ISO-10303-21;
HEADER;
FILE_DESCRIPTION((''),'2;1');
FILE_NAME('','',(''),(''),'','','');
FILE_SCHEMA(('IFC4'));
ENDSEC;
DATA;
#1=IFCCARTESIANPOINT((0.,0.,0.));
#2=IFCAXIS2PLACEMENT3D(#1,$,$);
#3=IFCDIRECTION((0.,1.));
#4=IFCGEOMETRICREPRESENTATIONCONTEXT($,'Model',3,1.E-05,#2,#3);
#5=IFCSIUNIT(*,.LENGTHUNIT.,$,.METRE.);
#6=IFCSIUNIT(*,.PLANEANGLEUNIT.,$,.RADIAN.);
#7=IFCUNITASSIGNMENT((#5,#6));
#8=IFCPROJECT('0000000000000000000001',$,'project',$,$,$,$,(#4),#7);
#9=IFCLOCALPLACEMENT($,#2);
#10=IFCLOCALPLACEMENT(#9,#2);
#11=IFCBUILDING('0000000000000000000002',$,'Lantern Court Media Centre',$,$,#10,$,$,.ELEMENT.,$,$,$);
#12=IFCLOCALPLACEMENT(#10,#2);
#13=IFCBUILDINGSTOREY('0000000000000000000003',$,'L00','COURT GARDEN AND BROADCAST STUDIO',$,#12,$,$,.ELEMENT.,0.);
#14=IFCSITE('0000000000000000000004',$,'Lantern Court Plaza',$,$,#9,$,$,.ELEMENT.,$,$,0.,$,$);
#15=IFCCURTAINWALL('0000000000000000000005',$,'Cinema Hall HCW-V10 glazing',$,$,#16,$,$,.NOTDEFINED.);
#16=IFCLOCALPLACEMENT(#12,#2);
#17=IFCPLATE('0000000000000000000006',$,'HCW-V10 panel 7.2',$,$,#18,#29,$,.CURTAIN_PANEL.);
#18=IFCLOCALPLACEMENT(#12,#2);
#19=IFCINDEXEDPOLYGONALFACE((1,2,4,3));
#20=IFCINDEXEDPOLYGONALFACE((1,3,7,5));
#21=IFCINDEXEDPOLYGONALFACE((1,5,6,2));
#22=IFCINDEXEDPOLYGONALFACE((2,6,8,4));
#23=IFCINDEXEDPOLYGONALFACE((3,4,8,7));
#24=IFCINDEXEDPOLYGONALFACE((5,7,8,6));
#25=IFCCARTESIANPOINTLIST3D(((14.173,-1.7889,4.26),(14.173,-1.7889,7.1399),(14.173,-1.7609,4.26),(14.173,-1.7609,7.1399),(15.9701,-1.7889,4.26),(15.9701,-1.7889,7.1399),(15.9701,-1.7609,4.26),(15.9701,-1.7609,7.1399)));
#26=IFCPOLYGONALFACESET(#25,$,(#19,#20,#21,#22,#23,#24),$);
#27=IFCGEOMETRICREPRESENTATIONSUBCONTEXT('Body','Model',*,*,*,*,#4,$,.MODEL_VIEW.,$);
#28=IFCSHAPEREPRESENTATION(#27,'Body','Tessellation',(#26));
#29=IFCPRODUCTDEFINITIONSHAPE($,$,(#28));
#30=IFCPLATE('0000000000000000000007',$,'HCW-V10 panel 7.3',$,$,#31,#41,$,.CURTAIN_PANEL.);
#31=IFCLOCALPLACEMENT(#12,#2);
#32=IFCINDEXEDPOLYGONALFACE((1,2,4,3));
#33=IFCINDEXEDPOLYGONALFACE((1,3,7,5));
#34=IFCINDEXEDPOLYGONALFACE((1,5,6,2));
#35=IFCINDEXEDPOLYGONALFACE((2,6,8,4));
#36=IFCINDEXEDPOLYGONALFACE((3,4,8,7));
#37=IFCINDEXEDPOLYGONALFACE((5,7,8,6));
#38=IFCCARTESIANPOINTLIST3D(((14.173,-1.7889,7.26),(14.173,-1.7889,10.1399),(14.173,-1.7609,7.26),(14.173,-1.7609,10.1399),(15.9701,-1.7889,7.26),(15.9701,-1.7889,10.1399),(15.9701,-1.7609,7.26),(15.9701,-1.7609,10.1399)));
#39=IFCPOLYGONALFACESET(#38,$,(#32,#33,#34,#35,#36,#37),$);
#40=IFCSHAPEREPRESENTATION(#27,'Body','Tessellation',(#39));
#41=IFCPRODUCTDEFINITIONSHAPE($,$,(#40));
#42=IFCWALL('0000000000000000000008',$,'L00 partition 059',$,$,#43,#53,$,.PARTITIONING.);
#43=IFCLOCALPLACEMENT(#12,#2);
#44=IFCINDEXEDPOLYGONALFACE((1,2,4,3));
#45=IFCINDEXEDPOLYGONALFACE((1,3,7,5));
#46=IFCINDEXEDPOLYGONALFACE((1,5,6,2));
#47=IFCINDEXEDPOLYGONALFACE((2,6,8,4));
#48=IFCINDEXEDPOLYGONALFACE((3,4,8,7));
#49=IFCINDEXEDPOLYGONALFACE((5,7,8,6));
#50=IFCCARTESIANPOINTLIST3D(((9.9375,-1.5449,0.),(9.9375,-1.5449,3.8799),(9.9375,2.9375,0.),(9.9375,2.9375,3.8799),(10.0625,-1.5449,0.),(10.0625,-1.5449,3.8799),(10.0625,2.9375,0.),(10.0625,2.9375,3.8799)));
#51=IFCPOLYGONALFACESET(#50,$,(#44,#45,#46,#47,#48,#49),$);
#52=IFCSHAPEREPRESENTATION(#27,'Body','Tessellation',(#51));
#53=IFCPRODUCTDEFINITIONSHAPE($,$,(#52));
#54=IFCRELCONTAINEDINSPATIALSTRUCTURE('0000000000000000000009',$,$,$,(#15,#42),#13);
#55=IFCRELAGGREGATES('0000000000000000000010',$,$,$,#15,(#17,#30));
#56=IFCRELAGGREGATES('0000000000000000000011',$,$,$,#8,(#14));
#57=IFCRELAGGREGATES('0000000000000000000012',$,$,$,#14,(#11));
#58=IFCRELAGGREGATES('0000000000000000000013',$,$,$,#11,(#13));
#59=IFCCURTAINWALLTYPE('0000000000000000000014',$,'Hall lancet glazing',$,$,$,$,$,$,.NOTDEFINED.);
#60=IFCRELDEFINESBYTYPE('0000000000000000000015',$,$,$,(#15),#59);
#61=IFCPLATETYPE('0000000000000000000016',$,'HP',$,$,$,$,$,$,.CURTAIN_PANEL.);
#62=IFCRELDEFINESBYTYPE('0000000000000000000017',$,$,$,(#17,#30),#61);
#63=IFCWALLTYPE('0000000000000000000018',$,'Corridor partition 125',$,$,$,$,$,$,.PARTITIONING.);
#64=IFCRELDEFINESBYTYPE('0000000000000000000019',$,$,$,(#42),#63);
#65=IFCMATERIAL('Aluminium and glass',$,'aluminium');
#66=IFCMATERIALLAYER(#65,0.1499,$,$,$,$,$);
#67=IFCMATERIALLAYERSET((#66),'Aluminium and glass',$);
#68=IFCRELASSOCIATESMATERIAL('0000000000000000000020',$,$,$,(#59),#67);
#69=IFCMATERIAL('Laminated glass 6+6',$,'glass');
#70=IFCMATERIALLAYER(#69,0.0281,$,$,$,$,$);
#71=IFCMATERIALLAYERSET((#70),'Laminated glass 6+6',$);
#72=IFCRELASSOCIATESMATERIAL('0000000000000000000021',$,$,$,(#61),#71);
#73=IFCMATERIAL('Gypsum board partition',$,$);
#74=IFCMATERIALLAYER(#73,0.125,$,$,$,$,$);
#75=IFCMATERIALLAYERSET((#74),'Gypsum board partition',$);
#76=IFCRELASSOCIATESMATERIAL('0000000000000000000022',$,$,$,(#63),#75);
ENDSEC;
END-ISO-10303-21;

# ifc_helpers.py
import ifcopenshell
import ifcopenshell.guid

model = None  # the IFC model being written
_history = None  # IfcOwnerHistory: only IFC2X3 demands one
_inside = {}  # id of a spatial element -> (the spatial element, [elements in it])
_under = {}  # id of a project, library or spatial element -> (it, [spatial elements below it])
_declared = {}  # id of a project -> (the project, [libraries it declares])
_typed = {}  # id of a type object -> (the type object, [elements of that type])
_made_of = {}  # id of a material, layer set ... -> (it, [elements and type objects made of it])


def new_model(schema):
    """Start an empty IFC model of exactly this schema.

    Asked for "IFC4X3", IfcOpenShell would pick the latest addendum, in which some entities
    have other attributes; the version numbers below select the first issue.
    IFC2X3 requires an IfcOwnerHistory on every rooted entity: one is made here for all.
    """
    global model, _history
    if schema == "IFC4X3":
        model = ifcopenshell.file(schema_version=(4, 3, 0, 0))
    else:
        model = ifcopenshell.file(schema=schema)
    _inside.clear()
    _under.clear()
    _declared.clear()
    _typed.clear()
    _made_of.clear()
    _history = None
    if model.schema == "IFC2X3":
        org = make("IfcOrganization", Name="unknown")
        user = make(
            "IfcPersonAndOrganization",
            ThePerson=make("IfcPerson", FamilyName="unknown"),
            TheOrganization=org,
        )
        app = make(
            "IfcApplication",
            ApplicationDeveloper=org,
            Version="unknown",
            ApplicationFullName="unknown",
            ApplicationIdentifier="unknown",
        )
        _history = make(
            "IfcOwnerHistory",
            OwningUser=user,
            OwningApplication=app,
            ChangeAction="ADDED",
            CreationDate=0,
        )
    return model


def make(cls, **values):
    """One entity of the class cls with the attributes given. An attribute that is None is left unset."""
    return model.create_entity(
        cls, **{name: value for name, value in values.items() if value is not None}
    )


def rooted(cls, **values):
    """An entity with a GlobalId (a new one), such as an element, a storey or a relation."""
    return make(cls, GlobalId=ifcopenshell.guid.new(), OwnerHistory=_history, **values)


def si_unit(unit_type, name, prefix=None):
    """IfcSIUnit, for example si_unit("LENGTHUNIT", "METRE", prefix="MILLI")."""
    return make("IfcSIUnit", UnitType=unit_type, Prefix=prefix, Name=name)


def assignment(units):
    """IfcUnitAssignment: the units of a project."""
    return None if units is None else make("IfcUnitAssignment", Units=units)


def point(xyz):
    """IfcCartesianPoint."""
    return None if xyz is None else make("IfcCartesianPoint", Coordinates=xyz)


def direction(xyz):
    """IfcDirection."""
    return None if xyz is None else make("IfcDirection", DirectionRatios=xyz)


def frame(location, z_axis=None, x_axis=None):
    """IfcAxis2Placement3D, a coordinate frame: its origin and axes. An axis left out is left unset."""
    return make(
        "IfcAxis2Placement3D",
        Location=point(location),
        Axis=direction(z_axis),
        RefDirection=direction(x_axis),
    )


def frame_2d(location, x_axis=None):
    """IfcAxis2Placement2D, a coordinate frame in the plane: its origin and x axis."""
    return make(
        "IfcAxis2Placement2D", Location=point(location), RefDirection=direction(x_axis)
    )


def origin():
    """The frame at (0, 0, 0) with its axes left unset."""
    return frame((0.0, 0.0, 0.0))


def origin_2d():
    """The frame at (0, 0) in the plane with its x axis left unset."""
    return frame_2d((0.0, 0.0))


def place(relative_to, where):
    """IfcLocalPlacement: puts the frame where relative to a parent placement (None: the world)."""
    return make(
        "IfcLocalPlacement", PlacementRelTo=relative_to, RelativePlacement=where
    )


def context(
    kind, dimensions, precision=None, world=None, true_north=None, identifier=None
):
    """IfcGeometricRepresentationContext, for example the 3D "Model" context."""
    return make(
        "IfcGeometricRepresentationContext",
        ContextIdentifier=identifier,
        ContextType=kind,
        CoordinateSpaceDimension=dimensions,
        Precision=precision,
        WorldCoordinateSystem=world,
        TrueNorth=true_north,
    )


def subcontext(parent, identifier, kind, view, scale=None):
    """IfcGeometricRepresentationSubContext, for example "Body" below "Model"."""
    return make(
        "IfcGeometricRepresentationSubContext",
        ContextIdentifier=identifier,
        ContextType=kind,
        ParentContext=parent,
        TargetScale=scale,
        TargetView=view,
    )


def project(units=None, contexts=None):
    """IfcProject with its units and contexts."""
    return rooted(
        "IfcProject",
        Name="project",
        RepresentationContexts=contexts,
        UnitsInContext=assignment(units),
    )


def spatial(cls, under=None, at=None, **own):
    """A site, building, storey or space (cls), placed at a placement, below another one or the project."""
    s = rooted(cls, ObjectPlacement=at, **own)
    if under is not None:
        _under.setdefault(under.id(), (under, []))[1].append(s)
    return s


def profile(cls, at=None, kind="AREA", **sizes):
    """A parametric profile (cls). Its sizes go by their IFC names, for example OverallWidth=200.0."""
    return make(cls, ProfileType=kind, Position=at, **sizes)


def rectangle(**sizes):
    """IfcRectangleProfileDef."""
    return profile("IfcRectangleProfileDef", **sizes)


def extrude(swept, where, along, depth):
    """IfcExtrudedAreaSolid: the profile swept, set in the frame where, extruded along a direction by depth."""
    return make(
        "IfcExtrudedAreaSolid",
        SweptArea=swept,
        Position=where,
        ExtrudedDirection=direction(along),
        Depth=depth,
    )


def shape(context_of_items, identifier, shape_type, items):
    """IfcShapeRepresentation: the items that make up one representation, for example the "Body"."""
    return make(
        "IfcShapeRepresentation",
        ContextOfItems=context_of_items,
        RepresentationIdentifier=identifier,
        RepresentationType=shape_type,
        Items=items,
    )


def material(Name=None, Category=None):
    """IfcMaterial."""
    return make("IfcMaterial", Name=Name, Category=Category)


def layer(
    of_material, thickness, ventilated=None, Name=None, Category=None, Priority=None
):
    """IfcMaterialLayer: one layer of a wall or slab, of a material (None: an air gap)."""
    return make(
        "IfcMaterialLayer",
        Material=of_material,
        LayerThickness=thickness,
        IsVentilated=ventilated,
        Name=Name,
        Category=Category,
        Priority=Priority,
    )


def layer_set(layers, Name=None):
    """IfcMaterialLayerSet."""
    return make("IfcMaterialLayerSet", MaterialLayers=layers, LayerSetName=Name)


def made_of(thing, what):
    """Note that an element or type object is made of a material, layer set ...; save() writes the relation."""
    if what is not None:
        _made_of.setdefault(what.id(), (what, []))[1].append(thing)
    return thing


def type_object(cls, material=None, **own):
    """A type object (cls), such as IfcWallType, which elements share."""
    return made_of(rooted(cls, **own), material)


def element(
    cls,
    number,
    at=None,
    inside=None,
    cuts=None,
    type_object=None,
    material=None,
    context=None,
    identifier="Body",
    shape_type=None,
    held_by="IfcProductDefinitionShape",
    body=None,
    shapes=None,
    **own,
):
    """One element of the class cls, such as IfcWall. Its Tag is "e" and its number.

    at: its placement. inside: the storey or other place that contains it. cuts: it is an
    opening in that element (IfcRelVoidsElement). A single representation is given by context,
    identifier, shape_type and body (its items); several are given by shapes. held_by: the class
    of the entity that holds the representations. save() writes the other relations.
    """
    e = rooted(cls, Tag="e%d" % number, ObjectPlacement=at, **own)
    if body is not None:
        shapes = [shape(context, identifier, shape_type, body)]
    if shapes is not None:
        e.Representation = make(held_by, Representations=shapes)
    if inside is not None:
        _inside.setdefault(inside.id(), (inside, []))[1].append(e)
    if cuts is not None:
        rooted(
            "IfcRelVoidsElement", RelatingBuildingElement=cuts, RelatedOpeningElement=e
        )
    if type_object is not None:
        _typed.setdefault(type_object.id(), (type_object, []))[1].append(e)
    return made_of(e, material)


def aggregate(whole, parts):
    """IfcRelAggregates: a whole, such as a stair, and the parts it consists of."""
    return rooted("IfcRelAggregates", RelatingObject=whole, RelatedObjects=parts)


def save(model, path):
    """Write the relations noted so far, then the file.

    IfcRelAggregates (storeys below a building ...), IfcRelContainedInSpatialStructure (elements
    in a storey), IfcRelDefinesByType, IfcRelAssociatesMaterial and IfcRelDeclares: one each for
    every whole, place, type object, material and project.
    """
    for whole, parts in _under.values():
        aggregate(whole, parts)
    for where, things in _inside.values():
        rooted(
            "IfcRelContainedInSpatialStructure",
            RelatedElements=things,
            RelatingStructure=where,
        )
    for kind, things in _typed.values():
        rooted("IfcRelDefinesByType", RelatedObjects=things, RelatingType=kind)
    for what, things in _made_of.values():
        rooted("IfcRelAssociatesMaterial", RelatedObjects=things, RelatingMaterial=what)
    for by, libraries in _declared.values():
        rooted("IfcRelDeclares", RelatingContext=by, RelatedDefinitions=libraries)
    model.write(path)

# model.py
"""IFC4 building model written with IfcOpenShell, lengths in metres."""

from ifc_helpers import new_model, si_unit, direction, frame, frame_2d, origin, origin_2d, place, context, subcontext, project, spatial, rectangle, extrude, material, layer, layer_set, type_object, element, aggregate, save


model = new_model("IFC4")

# Units and contexts
model_context = context("Model", 3, precision=1e-05, world=origin(), true_north=direction((0.0, 1.0)))
body_context = subcontext(model_context, "Body", "Model", "MODEL_VIEW")
ifc_project = project(units=[si_unit("LENGTHUNIT", "METRE"), si_unit("PLANEANGLEUNIT", "RADIAN")], contexts=[model_context])

# Site, building, storey
site_placement = place(None, origin())
site = spatial("IfcSite", under=ifc_project, at=site_placement, Name="Lantern Court Plaza", CompositionType="ELEMENT", RefElevation=0.0)
building_placement = place(site_placement, origin())
building = spatial("IfcBuilding", under=site, at=building_placement, Name="Lantern Court Media Centre", CompositionType="ELEMENT")
storey_placement = place(building_placement, origin())
storey = spatial("IfcBuildingStorey", under=building, at=storey_placement, Name="L00", Description="COURT GARDEN AND BROADCAST STUDIO", CompositionType="ELEMENT", Elevation=0.0)

# Curtain wall
ifc_material_1 = material(Name="Aluminium and glass", Category="aluminium")
ifc_layer_1 = layer(ifc_material_1, 0.1499)
ifc_layer_set_1 = layer_set([ifc_layer_1], Name="Aluminium and glass")
curtain_wall_type = type_object("IfcCurtainWallType", Name="Hall lancet glazing", PredefinedType="NOTDEFINED", material=ifc_layer_set_1)
curtain_wall_placement = place(storey_placement, origin())
curtain_wall = element("IfcCurtainWall", 1, at=curtain_wall_placement, inside=storey, type_object=curtain_wall_type, Name="Cinema Hall HCW-V10 glazing", PredefinedType="NOTDEFINED")

# Plates
ifc_material_2 = material(Name="Laminated glass 6+6", Category="glass")
ifc_layer_2 = layer(ifc_material_2, 0.0281)
ifc_layer_set_2 = layer_set([ifc_layer_2], Name="Laminated glass 6+6")
plate_type = type_object("IfcPlateType", Name="HP", PredefinedType="CURTAIN_PANEL", material=ifc_layer_set_2)
plate_1_placement = place(storey_placement, frame((15.0715, -1.7749, 4.26), z_axis=(0.0, 0.0, 1.0), x_axis=(1.0, 0.0, 0.0)))
plate_1 = element("IfcPlate", 2, at=plate_1_placement, type_object=plate_type, Name="HCW-V10 panel 7.2", PredefinedType="CURTAIN_PANEL", context=body_context, shape_type="SweptSolid", body=[
    extrude(rectangle(XDim=1.7971, YDim=0.0281, at=origin_2d()), origin(), (0.0, 0.0, 1.0), 2.8799),
])
plate_2_placement = place(storey_placement, frame((15.0715, -1.7749, 7.26), z_axis=(0.0, 0.0, 1.0), x_axis=(1.0, 0.0, 0.0)))
plate_2 = element("IfcPlate", 3, at=plate_2_placement, type_object=plate_type, Name="HCW-V10 panel 7.3", PredefinedType="CURTAIN_PANEL", context=body_context, shape_type="SweptSolid", body=[
    extrude(rectangle(XDim=1.7971, YDim=0.0281, at=origin_2d()), origin(), (0.0, 0.0, 1.0), 2.8799),
])
aggregate(curtain_wall, [plate_1, plate_2])

# Wall
ifc_material_3 = material(Name="Gypsum board partition")
ifc_layer_3 = layer(ifc_material_3, 0.125)
ifc_layer_set_3 = layer_set([ifc_layer_3], Name="Gypsum board partition")
wall_type = type_object("IfcWallType", Name="Corridor partition 125", PredefinedType="PARTITIONING", material=ifc_layer_set_3)
wall_placement = place(storey_placement, frame((10.0, -1.5449, 0.0), z_axis=(0.0, 0.0, 1.0), x_axis=(0.0, 1.0, 0.0)))
element("IfcWall", 4, at=wall_placement, inside=storey, type_object=wall_type, Name="L00 partition 059", PredefinedType="PARTITIONING", context=body_context, shape_type="SweptSolid", body=[
    extrude(rectangle(XDim=4.4824, YDim=0.125, at=frame_2d((2.2412, 0.0))), origin(), (0.0, 0.0, 1.0), 3.8799),
])

save(model, "model.ifc")
